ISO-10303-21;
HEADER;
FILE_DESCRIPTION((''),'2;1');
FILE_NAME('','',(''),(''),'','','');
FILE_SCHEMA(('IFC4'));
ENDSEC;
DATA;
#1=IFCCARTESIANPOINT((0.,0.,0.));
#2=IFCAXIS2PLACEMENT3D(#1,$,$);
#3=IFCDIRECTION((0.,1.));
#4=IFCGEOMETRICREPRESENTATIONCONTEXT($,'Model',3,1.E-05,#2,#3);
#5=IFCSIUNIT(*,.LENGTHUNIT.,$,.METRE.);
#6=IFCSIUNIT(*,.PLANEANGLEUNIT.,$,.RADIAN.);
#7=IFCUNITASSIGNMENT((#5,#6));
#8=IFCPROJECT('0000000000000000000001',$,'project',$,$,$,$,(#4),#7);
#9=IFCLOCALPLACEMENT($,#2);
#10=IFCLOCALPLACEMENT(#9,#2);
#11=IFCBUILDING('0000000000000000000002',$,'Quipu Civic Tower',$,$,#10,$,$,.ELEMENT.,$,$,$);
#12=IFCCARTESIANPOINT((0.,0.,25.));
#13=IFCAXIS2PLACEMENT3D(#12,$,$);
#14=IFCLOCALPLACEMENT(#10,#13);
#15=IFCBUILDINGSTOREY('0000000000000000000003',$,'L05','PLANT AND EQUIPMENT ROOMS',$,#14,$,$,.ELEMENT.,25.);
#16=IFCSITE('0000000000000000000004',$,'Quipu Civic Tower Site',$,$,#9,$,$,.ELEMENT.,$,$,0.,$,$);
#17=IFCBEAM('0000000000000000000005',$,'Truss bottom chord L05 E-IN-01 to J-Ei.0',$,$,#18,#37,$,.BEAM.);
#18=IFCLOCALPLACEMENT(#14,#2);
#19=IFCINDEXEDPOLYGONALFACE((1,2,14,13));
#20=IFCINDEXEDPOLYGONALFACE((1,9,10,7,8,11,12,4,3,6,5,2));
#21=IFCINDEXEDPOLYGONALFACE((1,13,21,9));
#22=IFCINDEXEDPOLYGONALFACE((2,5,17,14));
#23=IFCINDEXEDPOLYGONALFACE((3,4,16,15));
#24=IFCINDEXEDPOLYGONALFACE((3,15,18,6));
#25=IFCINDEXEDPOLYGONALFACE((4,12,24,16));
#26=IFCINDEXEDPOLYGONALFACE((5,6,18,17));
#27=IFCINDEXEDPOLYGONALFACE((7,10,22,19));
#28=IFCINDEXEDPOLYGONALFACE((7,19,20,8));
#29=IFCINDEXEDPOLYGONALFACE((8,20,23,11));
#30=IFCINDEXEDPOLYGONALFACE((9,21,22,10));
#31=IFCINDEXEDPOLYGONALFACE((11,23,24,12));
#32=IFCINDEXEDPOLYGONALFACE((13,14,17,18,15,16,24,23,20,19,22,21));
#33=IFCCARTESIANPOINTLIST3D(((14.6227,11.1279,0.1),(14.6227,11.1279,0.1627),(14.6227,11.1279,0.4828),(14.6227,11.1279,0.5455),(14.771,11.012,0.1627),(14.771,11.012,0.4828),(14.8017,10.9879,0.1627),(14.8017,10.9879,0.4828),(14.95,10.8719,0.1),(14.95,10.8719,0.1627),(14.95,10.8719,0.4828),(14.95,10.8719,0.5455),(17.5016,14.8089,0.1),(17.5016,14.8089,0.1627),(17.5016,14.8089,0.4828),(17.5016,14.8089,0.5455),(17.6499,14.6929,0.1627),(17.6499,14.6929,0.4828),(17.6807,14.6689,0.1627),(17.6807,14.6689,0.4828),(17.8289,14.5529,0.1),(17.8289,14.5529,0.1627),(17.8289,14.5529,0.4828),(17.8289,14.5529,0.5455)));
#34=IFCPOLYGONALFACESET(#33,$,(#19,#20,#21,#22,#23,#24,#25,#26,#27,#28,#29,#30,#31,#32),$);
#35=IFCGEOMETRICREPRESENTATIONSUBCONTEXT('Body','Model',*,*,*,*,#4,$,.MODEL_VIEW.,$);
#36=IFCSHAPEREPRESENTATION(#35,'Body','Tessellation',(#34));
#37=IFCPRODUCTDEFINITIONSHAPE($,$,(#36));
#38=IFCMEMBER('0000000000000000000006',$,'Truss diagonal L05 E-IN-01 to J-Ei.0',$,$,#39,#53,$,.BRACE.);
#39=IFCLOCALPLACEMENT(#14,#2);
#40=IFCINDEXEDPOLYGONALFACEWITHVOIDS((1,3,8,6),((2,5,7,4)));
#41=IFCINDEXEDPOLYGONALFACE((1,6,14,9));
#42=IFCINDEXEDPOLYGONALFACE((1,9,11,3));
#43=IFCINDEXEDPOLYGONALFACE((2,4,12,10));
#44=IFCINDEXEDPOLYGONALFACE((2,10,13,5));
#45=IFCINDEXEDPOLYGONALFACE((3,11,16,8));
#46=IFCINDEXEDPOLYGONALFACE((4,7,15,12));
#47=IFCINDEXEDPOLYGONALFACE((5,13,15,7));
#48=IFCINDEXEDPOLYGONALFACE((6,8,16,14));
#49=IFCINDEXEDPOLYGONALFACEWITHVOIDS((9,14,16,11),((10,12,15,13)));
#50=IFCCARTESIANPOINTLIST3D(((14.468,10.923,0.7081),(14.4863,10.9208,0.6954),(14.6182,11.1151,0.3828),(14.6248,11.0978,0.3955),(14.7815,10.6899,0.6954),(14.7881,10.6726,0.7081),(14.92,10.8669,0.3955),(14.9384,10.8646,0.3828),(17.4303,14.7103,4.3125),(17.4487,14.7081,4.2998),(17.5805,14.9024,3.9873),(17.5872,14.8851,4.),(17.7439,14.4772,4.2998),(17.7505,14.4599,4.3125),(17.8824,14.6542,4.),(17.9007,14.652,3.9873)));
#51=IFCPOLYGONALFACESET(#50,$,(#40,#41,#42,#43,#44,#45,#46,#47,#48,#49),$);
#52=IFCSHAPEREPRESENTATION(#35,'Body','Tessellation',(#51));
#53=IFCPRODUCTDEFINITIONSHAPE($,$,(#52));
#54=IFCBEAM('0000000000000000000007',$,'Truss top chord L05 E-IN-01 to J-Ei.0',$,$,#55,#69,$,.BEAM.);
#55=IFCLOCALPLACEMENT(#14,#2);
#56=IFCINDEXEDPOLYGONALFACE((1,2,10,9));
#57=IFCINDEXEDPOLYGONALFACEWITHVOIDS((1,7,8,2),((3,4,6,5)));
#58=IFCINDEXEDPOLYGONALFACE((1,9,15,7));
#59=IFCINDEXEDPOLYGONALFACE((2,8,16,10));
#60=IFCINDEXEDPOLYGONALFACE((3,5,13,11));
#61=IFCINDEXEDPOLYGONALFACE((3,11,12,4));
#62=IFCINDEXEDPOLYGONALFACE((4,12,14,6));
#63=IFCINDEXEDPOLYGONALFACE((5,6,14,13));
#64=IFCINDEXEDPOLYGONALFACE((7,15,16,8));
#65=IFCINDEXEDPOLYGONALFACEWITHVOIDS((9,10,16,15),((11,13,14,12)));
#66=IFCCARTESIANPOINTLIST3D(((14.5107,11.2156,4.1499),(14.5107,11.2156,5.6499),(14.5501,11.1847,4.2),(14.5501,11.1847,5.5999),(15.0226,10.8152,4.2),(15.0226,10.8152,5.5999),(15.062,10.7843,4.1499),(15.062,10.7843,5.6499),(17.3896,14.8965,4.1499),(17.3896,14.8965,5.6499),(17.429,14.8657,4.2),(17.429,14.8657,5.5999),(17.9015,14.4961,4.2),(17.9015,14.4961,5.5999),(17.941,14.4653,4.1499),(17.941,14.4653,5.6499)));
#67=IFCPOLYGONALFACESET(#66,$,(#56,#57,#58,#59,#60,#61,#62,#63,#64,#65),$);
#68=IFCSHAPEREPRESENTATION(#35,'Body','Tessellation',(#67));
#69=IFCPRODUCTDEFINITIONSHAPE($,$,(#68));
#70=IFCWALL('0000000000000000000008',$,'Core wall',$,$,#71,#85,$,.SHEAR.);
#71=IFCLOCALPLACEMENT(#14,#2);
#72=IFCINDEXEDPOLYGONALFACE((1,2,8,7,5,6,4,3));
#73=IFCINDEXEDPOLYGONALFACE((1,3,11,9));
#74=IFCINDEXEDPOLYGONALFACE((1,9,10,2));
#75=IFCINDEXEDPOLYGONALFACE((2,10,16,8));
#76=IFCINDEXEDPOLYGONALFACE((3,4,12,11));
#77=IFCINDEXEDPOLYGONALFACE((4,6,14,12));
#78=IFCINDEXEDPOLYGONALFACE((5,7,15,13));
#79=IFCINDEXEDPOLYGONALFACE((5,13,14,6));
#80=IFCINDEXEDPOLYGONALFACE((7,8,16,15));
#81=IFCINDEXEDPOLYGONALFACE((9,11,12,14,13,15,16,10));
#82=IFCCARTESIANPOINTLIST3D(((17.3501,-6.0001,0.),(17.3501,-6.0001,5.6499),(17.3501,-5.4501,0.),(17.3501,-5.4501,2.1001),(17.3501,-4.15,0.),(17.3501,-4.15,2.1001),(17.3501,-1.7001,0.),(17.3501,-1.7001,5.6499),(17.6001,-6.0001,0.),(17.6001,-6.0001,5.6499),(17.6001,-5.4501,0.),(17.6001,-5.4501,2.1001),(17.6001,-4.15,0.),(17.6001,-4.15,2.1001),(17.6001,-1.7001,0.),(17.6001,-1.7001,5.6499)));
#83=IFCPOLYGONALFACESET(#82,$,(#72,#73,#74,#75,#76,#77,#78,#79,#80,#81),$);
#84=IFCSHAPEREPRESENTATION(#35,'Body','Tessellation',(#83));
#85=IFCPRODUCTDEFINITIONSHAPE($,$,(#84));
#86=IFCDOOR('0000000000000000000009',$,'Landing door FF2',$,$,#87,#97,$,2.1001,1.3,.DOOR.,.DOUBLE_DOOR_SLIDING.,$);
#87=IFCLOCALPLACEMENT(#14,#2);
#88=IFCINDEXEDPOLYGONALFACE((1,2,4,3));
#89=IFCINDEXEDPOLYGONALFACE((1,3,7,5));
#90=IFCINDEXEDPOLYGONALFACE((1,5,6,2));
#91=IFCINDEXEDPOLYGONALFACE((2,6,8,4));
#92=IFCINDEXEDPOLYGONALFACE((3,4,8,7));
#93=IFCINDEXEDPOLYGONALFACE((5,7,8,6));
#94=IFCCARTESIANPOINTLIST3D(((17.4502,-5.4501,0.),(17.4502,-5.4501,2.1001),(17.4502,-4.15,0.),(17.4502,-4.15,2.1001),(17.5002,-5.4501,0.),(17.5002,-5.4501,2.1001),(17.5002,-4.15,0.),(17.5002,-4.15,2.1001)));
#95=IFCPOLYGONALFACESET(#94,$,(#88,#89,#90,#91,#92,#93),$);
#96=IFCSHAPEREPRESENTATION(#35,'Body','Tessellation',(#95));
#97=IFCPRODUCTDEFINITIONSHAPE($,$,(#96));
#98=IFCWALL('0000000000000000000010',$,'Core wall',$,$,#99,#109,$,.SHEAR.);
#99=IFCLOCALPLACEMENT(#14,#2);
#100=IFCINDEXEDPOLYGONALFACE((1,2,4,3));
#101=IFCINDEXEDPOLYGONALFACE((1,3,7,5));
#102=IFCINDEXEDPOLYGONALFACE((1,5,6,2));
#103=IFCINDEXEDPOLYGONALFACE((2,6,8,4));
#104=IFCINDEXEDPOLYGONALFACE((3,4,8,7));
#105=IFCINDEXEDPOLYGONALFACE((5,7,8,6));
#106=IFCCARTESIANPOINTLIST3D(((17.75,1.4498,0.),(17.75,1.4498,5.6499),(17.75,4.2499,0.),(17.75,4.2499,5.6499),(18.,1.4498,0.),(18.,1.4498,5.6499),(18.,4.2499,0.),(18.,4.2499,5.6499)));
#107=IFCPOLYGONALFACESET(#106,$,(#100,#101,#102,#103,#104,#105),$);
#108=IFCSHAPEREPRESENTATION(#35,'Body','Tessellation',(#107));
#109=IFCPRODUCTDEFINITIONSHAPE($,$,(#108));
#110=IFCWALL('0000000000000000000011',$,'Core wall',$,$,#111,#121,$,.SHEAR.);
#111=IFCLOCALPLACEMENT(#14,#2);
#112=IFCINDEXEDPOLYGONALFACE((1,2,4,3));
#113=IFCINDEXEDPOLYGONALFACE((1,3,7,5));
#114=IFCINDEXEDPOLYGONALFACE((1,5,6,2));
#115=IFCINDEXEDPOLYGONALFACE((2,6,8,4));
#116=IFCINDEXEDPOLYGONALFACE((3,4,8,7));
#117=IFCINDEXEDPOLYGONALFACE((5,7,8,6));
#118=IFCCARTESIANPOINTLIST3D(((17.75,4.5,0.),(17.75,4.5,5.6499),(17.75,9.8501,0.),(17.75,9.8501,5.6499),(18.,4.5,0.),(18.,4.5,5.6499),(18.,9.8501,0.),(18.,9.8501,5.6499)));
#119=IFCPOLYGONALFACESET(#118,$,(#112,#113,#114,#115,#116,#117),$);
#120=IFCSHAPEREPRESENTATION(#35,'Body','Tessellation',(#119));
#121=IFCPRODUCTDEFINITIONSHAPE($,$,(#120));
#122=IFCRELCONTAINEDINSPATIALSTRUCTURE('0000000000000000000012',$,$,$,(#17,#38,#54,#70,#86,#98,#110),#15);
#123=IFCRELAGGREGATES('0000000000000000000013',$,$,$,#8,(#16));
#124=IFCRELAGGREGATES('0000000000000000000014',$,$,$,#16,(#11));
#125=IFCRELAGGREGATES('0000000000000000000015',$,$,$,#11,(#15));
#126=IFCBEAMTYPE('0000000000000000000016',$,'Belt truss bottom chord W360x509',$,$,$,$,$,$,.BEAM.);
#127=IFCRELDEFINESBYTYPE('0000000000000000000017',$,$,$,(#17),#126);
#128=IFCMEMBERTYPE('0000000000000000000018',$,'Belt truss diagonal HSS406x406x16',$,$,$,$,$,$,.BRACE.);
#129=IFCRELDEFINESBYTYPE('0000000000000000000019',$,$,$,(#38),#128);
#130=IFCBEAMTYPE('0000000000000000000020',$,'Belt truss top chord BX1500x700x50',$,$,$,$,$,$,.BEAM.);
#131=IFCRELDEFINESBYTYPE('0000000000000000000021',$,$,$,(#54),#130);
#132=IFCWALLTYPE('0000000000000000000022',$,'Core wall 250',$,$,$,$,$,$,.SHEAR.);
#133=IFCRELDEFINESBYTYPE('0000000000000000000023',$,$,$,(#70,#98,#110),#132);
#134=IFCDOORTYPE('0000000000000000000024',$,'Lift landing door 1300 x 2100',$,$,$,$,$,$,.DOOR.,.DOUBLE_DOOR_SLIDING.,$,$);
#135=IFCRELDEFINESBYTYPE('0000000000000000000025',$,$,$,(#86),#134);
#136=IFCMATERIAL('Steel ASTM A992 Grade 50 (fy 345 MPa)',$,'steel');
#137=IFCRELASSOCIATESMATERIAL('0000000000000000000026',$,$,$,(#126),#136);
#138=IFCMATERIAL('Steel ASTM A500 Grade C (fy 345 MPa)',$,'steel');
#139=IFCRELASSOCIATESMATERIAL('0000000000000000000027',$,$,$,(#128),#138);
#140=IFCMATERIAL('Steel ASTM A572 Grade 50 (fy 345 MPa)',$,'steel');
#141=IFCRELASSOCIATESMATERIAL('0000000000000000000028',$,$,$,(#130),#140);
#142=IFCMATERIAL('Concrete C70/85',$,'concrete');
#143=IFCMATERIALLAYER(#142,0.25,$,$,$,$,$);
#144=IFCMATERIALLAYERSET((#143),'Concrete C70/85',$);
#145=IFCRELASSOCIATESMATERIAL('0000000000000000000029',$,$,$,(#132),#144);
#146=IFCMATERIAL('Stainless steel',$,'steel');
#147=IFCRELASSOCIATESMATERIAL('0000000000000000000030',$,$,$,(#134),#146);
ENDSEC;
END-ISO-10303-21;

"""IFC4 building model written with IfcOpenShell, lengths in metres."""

from ifc_helpers import new_model, si_unit, direction, frame, frame_2d, origin, origin_2d, place, context, subcontext, project, spatial, rectangle, hollow_rectangle, i_section, extrude, material, layer, layer_set, material_profile, profile_set, type_object, element, fill, save


model = new_model("IFC4")

# Units and contexts
model_context = context("Model", 3, precision=1e-05, world=origin(), true_north=direction((0.0, 1.0)))
body_context = subcontext(model_context, "Body", "Model", "MODEL_VIEW")
ifc_project = project(units=[si_unit("LENGTHUNIT", "METRE"), si_unit("PLANEANGLEUNIT", "RADIAN")], contexts=[model_context])

# Site, building, storey
site_placement = place(None, origin())
site = spatial("IfcSite", under=ifc_project, at=site_placement, Name="Quipu Civic Tower Site", CompositionType="ELEMENT", RefElevation=0.0)
building_placement = place(site_placement, origin())
building = spatial("IfcBuilding", under=site, at=building_placement, Name="Quipu Civic Tower", CompositionType="ELEMENT")
storey_placement = place(building_placement, frame((0.0, 0.0, 25.0)))
storey = spatial("IfcBuildingStorey", under=building, at=storey_placement, Name="L05", Description="PLANT AND EQUIPMENT ROOMS", CompositionType="ELEMENT", Elevation=25.0)

# Beam
ifc_material_1 = material(Name="Steel ASTM A992 Grade 50 (fy 345 MPa)", Category="steel")
ifc_material_profile_1 = material_profile(ifc_material_1, i_section(OverallWidth=0.4155, OverallDepth=0.4456, WebThickness=0.0391, FlangeThickness=0.0627, at=origin_2d()), Name="W360x509")
ifc_profile_set_1 = profile_set([ifc_material_profile_1], Name="Steel ASTM A992 Grade 50 (fy 345 MPa)")
beam_type_1 = type_object("IfcBeamType", Name="Belt truss bottom chord W360x509", PredefinedType="BEAM", material=ifc_profile_set_1)
beam_1_placement = place(storey_placement, frame((17.6653, 14.6809, 0.3228), z_axis=(-0.616069, -0.787692, 0.0), x_axis=(0.787692, -0.616069, 0.0)))
element("IfcBeam", 1, at=beam_1_placement, inside=storey, type_object=beam_type_1, Name="Truss bottom chord L05 E-IN-01 to J-Ei.0", PredefinedType="BEAM", context=body_context, shape_type="SweptSolid", body=[
    extrude(i_section(OverallWidth=0.4155, OverallDepth=0.4456, WebThickness=0.0391, FlangeThickness=0.0627, at=origin_2d()), origin(), (0.0, 0.0, 1.0), 4.6731),
])

# Member
ifc_material_2 = material(Name="Steel ASTM A500 Grade C (fy 345 MPa)", Category="steel")
ifc_material_profile_2 = material_profile(ifc_material_2, hollow_rectangle(XDim=0.4065, YDim=0.4065, WallThickness=0.0159, at=origin_2d()), Name="HSS406x406x16")
ifc_profile_set_2 = profile_set([ifc_material_profile_2], Name="Steel ASTM A500 Grade C (fy 345 MPa)")
member_type = type_object("IfcMemberType", Name="Belt truss diagonal HSS406x406x16", PredefinedType="BRACE", material=ifc_profile_set_2)
member_placement = place(storey_placement, frame((17.6655, 14.6812, 4.1499), z_axis=(-0.492966, -0.630244, -0.599814), x_axis=(0.787668, -0.6161, 0.0)))
element("IfcMember", 2, at=member_placement, inside=storey, type_object=member_type, Name="Truss diagonal L05 E-IN-01 to J-Ei.0", PredefinedType="BRACE", context=body_context, shape_type="SweptSolid", body=[
    extrude(hollow_rectangle(XDim=0.4065, YDim=0.4065, WallThickness=0.0159, at=origin_2d()), origin(), (0.0, 0.0, 1.0), 6.0093),
])

# Beam
ifc_material_3 = material(Name="Steel ASTM A572 Grade 50 (fy 345 MPa)", Category="steel")
ifc_material_profile_3 = material_profile(ifc_material_3, hollow_rectangle(XDim=0.7, YDim=1.5, WallThickness=0.05, at=origin_2d()), Name="BX1500x700x50")
ifc_profile_set_3 = profile_set([ifc_material_profile_3], Name="Steel ASTM A572 Grade 50 (fy 345 MPa)")
beam_type_2 = type_object("IfcBeamType", Name="Belt truss top chord BX1500x700x50", PredefinedType="BEAM", material=ifc_profile_set_3)
beam_2_placement = place(storey_placement, frame((17.6653, 14.6809, 4.8999), z_axis=(-0.616069, -0.787692, 0.0), x_axis=(0.787692, -0.616069, 0.0)))
element("IfcBeam", 3, at=beam_2_placement, inside=storey, type_object=beam_type_2, Name="Truss top chord L05 E-IN-01 to J-Ei.0", PredefinedType="BEAM", context=body_context, shape_type="SweptSolid", body=[
    extrude(hollow_rectangle(XDim=0.7, YDim=1.5, WallThickness=0.05, at=origin_2d()), origin(), (0.0, 0.0, 1.0), 4.6731),
])

# Wall, opening, door
ifc_material_4 = material(Name="Concrete C70/85", Category="concrete")
ifc_layer_1 = layer(ifc_material_4, 0.25)
ifc_layer_set_1 = layer_set([ifc_layer_1], Name="Concrete C70/85")
wall_type_1 = type_object("IfcWallType", Name="Core wall 250", PredefinedType="SHEAR", material=ifc_layer_set_1)
wall_1_placement = place(storey_placement, frame((17.4751, -6.0, 0.0), z_axis=(0.0, 0.0, 1.0), x_axis=(0.0, 1.0, 0.0)))
wall_1 = element("IfcWall", 4, at=wall_1_placement, inside=storey, type_object=wall_type_1, Name="Core wall", PredefinedType="SHEAR", context=body_context, shape_type="SweptSolid", body=[
    extrude(rectangle(XDim=4.3, YDim=0.25, at=frame_2d((2.1499, 0.0))), origin(), (0.0, 0.0, 1.0), 5.6499),
])
opening_1_placement = place(wall_1_placement, frame((0.55, 0.0, 0.0)))
opening_1 = element("IfcOpeningElement", 5, at=opening_1_placement, cuts=wall_1, PredefinedType="OPENING", context=body_context, shape_type="SweptSolid", body=[
    extrude(rectangle(XDim=1.3, YDim=2.1001, at=frame_2d((0.6499, 1.05))), frame((0.0, 0.135, 0.0), z_axis=(0.0, -1.0, 0.0), x_axis=(1.0, 0.0, 0.0)), (0.0, 0.0, 1.0), 0.27),
])
ifc_material_5 = material(Name="Stainless steel", Category="steel")
door_type_1 = type_object("IfcDoorType", Name="Lift landing door 1300 x 2100", OperationType="DOUBLE_DOOR_SLIDING", PredefinedType="DOOR", material=ifc_material_5)
door_1_placement = place(opening_1_placement, origin())
door_1 = element("IfcDoor", 6, at=door_1_placement, inside=storey, type_object=door_type_1, Name="Landing door FF2", OperationType="DOUBLE_DOOR_SLIDING", OverallHeight=2.1001, OverallWidth=1.3, PredefinedType="DOOR", context=body_context, shape_type="SweptSolid", body=[
    extrude(rectangle(XDim=1.3, YDim=2.1001, at=frame_2d((0.6499, 1.05))), frame((0.0, 0.0249, 0.0), z_axis=(0.0, -1.0, 0.0), x_axis=(1.0, 0.0, 0.0)), (0.0, 0.0, 1.0), 0.05),
])
fill(opening_1, door_1)

# Walls
wall_2_placement = place(storey_placement, frame((17.875, 1.45, 0.0), z_axis=(0.0, 0.0, 1.0), x_axis=(0.0, 1.0, 0.0)))
element("IfcWall", 7, at=wall_2_placement, inside=storey, type_object=wall_type_1, Name="Core wall", PredefinedType="SHEAR", context=body_context, shape_type="SweptSolid", body=[
    extrude(rectangle(XDim=2.8, YDim=0.25, at=frame_2d((1.3999, 0.0))), origin(), (0.0, 0.0, 1.0), 5.6499),
])
wall_3_placement = place(storey_placement, frame((17.875, 4.5, 0.0), z_axis=(0.0, 0.0, 1.0), x_axis=(0.0, 1.0, 0.0)))
element("IfcWall", 8, at=wall_3_placement, inside=storey, type_object=wall_type_1, Name="Core wall", PredefinedType="SHEAR", context=body_context, shape_type="SweptSolid", body=[
    extrude(rectangle(XDim=5.3501, YDim=0.25, at=frame_2d((2.675, 0.0))), origin(), (0.0, 0.0, 1.0), 5.6499),
])

save(model, "model.ifc")
